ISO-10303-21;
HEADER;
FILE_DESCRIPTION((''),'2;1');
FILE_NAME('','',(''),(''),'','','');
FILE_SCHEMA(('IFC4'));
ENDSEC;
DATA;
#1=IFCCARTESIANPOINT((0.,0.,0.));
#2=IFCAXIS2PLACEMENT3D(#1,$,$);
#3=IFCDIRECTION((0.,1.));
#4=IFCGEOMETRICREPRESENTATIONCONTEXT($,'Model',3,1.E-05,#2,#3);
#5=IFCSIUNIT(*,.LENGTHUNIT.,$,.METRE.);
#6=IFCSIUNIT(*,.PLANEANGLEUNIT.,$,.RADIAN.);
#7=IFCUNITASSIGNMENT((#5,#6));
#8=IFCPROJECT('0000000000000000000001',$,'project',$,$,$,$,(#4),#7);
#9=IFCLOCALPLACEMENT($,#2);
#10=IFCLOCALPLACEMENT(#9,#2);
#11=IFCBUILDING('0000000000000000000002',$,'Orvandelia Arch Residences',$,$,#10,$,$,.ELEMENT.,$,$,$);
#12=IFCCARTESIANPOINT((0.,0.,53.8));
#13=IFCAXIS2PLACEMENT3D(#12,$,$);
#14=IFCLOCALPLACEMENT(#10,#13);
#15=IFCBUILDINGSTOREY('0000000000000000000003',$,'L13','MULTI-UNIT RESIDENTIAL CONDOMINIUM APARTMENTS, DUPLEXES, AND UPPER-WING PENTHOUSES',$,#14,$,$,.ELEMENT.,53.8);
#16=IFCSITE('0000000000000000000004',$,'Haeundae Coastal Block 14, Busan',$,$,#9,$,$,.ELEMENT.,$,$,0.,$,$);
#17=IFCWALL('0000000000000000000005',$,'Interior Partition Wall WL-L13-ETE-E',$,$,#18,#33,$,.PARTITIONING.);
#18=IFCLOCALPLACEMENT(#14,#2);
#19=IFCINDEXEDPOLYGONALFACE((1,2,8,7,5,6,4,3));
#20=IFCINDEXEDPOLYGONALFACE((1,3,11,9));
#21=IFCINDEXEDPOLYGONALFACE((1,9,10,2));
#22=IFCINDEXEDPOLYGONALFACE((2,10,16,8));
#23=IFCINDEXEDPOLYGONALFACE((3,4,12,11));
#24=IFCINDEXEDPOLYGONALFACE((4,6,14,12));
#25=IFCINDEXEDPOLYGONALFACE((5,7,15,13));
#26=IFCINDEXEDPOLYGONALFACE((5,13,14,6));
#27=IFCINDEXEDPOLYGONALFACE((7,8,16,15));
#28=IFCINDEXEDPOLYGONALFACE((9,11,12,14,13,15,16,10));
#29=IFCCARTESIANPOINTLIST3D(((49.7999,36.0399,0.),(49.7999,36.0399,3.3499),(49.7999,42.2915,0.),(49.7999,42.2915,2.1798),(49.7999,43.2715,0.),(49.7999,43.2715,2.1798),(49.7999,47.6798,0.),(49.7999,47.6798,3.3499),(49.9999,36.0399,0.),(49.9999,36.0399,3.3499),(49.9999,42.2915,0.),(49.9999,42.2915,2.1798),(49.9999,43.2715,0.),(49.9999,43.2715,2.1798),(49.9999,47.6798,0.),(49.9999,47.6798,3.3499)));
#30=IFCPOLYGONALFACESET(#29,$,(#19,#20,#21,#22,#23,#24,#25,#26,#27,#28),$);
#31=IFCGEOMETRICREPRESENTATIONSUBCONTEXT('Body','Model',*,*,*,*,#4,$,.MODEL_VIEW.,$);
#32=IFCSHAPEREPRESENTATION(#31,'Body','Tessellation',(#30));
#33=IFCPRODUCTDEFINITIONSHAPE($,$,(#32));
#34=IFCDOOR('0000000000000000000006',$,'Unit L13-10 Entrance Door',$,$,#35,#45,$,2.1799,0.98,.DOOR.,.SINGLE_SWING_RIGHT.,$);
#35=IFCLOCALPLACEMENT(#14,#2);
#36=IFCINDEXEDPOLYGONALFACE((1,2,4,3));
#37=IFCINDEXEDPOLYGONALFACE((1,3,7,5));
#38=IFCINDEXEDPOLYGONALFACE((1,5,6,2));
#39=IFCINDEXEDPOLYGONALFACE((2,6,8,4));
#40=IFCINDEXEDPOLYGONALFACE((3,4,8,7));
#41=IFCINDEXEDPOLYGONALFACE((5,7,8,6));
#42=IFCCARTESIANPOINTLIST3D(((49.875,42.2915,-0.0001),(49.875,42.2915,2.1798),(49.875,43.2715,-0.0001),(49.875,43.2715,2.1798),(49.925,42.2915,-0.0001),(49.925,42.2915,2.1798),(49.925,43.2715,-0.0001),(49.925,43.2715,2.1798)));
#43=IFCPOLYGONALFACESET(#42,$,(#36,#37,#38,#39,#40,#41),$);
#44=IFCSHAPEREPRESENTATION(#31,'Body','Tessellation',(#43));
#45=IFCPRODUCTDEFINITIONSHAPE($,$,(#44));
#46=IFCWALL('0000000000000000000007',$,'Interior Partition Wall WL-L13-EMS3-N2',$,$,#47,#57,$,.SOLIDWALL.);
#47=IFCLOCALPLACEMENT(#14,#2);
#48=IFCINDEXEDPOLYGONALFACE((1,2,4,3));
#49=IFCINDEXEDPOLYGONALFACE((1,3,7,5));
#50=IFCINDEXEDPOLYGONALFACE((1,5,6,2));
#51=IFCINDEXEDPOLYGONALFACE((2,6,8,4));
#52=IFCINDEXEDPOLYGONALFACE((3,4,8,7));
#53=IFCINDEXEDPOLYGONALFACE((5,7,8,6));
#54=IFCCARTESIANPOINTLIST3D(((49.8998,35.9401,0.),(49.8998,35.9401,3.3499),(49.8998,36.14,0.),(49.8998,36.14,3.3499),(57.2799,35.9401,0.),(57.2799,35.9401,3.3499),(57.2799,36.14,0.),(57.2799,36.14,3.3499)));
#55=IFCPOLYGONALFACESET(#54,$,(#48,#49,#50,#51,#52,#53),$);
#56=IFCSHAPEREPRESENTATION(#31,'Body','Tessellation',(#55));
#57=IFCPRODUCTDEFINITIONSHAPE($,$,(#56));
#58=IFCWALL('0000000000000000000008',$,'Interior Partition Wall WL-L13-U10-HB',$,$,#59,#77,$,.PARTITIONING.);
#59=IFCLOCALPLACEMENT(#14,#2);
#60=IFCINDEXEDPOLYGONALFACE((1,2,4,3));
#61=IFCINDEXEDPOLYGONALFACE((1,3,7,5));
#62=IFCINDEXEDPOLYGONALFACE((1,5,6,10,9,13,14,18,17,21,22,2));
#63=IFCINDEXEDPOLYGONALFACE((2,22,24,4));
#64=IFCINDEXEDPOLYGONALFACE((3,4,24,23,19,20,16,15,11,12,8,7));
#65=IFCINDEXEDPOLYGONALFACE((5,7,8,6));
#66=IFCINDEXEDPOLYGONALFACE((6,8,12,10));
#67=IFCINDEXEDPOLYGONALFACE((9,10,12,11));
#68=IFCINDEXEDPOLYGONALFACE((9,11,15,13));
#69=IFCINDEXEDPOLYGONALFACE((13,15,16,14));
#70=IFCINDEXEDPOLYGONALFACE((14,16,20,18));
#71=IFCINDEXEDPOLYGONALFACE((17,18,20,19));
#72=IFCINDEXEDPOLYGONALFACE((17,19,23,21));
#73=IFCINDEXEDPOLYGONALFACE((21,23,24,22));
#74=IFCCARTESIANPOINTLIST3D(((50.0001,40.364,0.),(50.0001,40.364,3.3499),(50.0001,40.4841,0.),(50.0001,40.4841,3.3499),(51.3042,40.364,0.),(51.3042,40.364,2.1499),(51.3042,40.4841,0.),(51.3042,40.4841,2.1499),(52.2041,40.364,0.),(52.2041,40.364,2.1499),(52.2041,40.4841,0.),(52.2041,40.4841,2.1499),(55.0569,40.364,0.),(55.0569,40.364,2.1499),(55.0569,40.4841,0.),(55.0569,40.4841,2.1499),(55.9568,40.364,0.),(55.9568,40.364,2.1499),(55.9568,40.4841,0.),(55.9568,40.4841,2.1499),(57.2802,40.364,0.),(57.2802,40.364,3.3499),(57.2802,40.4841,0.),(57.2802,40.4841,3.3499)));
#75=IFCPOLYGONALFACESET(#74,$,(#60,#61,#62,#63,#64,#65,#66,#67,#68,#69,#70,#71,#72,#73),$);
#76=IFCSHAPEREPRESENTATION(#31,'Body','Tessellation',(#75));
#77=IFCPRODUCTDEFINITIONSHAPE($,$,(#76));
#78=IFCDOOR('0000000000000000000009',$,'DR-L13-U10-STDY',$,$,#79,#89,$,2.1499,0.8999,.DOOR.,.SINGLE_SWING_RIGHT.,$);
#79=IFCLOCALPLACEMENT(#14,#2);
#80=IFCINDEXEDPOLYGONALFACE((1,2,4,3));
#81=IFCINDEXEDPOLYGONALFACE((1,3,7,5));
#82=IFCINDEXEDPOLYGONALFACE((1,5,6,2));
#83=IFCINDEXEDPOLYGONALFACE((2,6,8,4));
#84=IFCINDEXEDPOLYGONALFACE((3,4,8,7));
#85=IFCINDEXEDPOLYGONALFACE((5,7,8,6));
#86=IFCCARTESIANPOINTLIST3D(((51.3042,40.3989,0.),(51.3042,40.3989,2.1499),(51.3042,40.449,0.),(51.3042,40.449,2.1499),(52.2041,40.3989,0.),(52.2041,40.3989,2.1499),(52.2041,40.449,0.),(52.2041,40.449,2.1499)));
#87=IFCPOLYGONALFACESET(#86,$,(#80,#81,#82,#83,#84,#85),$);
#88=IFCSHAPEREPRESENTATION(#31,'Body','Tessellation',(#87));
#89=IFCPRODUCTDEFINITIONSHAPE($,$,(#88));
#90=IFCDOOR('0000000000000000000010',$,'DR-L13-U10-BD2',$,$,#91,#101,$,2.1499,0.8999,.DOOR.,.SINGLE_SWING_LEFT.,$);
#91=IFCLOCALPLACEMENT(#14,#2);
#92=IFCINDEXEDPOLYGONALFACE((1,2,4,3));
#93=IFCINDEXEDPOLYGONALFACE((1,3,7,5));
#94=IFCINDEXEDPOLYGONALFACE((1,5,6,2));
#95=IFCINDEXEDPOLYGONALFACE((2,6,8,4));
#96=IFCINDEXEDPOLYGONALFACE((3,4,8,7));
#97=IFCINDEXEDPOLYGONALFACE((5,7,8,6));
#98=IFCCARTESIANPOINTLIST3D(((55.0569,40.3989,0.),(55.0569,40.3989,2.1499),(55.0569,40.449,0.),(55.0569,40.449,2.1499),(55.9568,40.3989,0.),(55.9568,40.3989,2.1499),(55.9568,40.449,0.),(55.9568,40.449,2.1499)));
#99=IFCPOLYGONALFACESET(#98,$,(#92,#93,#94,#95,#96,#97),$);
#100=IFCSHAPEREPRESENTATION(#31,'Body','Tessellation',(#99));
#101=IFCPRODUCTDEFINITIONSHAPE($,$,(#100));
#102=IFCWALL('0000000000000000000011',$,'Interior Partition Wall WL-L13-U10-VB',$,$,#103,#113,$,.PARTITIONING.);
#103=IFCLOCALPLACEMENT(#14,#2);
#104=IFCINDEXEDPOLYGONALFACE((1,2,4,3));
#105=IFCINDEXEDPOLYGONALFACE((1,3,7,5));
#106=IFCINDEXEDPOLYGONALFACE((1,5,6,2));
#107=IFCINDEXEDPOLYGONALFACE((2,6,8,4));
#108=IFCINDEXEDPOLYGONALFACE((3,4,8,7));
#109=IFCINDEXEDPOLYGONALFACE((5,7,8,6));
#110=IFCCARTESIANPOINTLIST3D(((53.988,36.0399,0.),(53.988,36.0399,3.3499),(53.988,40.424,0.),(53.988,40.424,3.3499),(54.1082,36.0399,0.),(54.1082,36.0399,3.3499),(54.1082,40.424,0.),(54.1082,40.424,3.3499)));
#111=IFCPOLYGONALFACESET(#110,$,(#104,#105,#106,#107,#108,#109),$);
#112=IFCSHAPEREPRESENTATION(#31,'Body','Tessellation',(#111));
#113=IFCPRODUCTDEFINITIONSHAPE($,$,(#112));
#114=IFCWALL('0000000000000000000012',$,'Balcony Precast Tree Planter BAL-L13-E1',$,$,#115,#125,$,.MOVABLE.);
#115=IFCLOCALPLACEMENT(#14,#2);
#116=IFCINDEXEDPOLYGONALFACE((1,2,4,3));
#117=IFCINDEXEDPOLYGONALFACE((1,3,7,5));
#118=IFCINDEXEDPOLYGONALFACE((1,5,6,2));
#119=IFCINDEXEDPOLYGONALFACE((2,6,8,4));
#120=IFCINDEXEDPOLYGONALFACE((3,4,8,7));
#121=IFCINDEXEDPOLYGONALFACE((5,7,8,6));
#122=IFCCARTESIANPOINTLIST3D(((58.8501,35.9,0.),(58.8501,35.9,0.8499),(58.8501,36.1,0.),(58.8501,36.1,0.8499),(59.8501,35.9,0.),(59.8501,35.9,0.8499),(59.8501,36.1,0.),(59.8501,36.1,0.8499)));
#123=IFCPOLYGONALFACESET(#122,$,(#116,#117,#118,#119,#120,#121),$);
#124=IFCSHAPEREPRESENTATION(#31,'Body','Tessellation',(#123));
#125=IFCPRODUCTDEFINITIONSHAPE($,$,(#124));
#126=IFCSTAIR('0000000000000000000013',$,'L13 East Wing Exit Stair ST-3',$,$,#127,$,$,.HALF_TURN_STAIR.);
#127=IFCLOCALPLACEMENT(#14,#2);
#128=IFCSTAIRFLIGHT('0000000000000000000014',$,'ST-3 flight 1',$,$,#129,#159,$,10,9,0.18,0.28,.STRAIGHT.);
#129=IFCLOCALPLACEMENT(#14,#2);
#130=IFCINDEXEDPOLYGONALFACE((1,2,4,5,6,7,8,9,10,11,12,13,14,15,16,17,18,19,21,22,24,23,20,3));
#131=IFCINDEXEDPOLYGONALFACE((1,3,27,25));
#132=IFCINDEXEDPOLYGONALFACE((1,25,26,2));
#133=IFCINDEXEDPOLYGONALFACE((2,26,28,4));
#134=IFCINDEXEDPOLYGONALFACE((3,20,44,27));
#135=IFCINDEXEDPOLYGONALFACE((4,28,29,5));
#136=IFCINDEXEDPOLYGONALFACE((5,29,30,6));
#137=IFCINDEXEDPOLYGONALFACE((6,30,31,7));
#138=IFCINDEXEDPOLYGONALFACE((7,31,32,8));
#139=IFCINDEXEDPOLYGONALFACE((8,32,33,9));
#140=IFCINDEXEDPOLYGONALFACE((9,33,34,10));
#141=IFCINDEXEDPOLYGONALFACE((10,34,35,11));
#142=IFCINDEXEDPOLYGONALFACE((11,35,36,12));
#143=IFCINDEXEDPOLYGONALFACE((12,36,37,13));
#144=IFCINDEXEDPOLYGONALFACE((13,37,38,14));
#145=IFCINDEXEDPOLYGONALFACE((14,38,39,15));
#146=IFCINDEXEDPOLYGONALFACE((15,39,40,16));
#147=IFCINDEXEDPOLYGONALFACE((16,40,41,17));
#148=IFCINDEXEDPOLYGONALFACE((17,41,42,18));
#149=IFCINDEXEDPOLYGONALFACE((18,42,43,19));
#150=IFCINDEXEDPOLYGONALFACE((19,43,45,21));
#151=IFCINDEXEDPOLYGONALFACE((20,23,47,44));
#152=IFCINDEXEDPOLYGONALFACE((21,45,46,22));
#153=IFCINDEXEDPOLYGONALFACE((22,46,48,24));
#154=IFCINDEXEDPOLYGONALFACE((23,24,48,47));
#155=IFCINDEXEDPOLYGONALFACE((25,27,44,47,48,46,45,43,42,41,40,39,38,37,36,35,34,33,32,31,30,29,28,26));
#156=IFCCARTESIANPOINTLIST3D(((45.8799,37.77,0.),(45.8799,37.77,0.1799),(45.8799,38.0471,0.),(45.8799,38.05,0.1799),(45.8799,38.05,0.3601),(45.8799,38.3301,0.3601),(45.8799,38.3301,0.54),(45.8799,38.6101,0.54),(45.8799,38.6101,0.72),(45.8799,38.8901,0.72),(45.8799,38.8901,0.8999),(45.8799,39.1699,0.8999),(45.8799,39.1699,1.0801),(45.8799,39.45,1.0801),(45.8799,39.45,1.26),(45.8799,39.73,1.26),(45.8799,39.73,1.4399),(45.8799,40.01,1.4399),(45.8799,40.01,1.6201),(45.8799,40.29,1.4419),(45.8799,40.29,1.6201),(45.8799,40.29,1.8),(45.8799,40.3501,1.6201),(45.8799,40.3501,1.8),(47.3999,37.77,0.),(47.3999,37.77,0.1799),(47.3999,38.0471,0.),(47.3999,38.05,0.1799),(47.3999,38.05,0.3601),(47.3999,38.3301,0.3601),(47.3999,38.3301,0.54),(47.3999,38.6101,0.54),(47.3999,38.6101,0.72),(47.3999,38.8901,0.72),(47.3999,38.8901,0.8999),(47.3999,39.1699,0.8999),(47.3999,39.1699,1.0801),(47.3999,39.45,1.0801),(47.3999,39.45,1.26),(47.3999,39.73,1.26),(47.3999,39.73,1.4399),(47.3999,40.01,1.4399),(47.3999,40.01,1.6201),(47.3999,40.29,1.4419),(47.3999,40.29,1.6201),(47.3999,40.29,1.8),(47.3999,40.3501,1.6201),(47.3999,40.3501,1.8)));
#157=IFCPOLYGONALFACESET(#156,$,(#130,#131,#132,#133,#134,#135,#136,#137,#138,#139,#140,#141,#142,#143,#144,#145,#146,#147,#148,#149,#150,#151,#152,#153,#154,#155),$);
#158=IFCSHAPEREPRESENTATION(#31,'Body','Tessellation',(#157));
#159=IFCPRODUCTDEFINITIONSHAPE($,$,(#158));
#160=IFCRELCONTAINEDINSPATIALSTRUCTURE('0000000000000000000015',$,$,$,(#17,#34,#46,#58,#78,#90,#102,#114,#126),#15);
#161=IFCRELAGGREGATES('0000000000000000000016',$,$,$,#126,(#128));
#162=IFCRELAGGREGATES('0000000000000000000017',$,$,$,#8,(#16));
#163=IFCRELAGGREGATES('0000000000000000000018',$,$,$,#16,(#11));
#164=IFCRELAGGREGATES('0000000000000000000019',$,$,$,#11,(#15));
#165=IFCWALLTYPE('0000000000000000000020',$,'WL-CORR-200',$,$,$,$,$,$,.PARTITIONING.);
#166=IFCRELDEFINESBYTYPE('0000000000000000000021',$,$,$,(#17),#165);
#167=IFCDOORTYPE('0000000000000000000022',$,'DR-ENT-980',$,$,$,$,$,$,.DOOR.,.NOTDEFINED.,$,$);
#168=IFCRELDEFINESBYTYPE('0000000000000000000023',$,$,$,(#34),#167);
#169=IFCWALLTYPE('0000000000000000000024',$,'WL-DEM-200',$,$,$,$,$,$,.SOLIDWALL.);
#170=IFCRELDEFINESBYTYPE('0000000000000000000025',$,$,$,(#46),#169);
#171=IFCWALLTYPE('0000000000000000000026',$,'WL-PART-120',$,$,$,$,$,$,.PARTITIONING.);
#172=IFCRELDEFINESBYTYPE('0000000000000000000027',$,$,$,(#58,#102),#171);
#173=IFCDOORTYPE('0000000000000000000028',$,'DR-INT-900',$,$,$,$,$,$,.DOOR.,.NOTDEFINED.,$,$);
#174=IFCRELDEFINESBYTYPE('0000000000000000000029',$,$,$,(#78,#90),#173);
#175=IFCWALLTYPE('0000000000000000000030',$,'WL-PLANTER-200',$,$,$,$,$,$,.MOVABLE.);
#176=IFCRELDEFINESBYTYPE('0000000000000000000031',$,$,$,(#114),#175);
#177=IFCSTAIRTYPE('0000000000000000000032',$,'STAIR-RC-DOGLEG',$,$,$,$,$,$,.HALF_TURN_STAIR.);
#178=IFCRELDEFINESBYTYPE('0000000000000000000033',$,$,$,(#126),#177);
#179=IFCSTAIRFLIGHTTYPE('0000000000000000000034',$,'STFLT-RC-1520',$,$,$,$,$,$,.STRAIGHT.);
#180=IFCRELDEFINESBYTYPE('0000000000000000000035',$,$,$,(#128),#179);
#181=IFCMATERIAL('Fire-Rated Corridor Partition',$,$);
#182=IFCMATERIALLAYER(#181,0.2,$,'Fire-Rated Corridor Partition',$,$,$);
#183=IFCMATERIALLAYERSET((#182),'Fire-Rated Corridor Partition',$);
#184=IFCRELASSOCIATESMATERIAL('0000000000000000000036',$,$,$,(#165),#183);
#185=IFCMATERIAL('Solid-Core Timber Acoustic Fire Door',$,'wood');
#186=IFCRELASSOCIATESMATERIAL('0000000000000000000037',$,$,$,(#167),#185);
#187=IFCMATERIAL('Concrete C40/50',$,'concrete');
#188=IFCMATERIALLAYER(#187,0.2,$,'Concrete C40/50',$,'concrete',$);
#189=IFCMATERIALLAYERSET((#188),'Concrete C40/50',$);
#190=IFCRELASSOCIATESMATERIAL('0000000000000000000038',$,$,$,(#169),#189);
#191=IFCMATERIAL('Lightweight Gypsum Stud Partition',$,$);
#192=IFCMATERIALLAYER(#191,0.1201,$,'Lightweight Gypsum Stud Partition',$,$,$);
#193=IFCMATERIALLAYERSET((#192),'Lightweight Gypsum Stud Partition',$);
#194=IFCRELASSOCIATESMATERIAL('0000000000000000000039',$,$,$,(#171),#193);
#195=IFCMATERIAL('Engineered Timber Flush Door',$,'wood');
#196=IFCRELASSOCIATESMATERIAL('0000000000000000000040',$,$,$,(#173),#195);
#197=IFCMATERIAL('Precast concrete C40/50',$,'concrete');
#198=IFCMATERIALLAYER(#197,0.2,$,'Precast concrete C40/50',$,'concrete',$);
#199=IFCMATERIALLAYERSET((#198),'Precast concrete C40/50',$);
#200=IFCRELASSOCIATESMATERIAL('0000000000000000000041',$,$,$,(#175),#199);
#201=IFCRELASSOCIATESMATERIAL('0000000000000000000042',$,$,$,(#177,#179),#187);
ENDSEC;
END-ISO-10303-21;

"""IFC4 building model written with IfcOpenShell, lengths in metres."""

from ifc_helpers import new_model, si_unit, direction, frame, frame_2d, origin, place, context, subcontext, project, spatial, polyline, rectangle, outline, extrude, material, layer, layer_set, type_object, element, fill, aggregate, save


model = new_model("IFC4")

# Units and contexts
model_context = context("Model", 3, precision=1e-05, world=origin(), true_north=direction((0.0, 1.0)))
body_context = subcontext(model_context, "Body", "Model", "MODEL_VIEW")
ifc_project = project(units=[si_unit("LENGTHUNIT", "METRE"), si_unit("PLANEANGLEUNIT", "RADIAN")], contexts=[model_context])

# Site, building, storey
site_placement = place(None, origin())
site = spatial("IfcSite", under=ifc_project, at=site_placement, Name="Haeundae Coastal Block 14, Busan", CompositionType="ELEMENT", RefElevation=0.0)
building_placement = place(site_placement, origin())
building = spatial("IfcBuilding", under=site, at=building_placement, Name="Orvandelia Arch Residences", CompositionType="ELEMENT")
storey_placement = place(building_placement, frame((0.0, 0.0, 53.8)))
storey = spatial("IfcBuildingStorey", under=building, at=storey_placement, Name="L13", Description="MULTI-UNIT RESIDENTIAL CONDOMINIUM APARTMENTS, DUPLEXES, AND UPPER-WING PENTHOUSES", CompositionType="ELEMENT", Elevation=53.8)

# Wall, opening, door
ifc_material_1 = material(Name="Fire-Rated Corridor Partition")
ifc_layer_1 = layer(ifc_material_1, 0.2, Name="Fire-Rated Corridor Partition")
ifc_layer_set_1 = layer_set([ifc_layer_1], Name="Fire-Rated Corridor Partition")
wall_type_1 = type_object("IfcWallType", Name="WL-CORR-200", PredefinedType="PARTITIONING", material=ifc_layer_set_1)
wall_1_placement = place(storey_placement, frame((49.8999, 36.04, 0.0), z_axis=(0.0, 0.0, 1.0), x_axis=(0.0, 1.0, 0.0)))
wall_1 = element("IfcWall", 1, at=wall_1_placement, inside=storey, type_object=wall_type_1, Name="Interior Partition Wall WL-L13-ETE-E", PredefinedType="PARTITIONING", context=body_context, shape_type="SweptSolid", body=[
    extrude(rectangle(XDim=11.6399, YDim=0.2, at=frame_2d((5.8198, 0.0))), origin(), (0.0, 0.0, 1.0), 3.3499),
])
opening_1_placement = place(wall_1_placement, frame((6.2515, 0.0, 0.0)))
opening_1 = element("IfcOpeningElement", 2, at=opening_1_placement, cuts=wall_1, PredefinedType="OPENING", context=body_context, shape_type="SweptSolid", body=[
    extrude(rectangle(XDim=0.98, YDim=2.1799, at=frame_2d((0.49, 1.0898))), frame((0.0, 0.1099, 0.0), z_axis=(0.0, -1.0, 0.0), x_axis=(1.0, 0.0, 0.0)), (0.0, 0.0, 1.0), 0.22),
])
ifc_material_2 = material(Name="Solid-Core Timber Acoustic Fire Door", Category="wood")
door_type_1 = type_object("IfcDoorType", Name="DR-ENT-980", OperationType="NOTDEFINED", PredefinedType="DOOR", material=ifc_material_2)
door_1_placement = place(opening_1_placement, origin())
door_1 = element("IfcDoor", 3, at=door_1_placement, inside=storey, type_object=door_type_1, Name="Unit L13-10 Entrance Door", OperationType="SINGLE_SWING_RIGHT", OverallHeight=2.1799, OverallWidth=0.98, PredefinedType="DOOR", context=body_context, shape_type="SweptSolid", body=[
    extrude(rectangle(XDim=0.98, YDim=2.1799, at=frame_2d((0.49, 1.0898))), frame((0.0, 0.0249, 0.0), z_axis=(0.0, -1.0, 0.0), x_axis=(1.0, 0.0, 0.0)), (0.0, 0.0, 1.0), 0.05),
])
fill(opening_1, door_1)

# Wall
ifc_material_3 = material(Name="Concrete C40/50", Category="concrete")
ifc_layer_2 = layer(ifc_material_3, 0.2, Name="Concrete C40/50", Category="concrete")
ifc_layer_set_2 = layer_set([ifc_layer_2], Name="Concrete C40/50")
wall_type_2 = type_object("IfcWallType", Name="WL-DEM-200", PredefinedType="SOLIDWALL", material=ifc_layer_set_2)
wall_2_placement = place(storey_placement, frame((49.8999, 36.04, 0.0), z_axis=(0.0, 0.0, 1.0), x_axis=(1.0, 0.0, 0.0)))
element("IfcWall", 4, at=wall_2_placement, inside=storey, type_object=wall_type_2, Name="Interior Partition Wall WL-L13-EMS3-N2", PredefinedType="SOLIDWALL", context=body_context, shape_type="SweptSolid", body=[
    extrude(rectangle(XDim=7.3801, YDim=0.2, at=frame_2d((3.6899, 0.0))), origin(), (0.0, 0.0, 1.0), 3.3499),
])

# Wall, openings, doors
ifc_material_4 = material(Name="Lightweight Gypsum Stud Partition")
ifc_layer_3 = layer(ifc_material_4, 0.1201, Name="Lightweight Gypsum Stud Partition")
ifc_layer_set_3 = layer_set([ifc_layer_3], Name="Lightweight Gypsum Stud Partition")
wall_type_3 = type_object("IfcWallType", Name="WL-PART-120", PredefinedType="PARTITIONING", material=ifc_layer_set_3)
wall_3_placement = place(storey_placement, frame((50.0, 40.4241, 0.0), z_axis=(0.0, 0.0, 1.0), x_axis=(1.0, 0.0, 0.0)))
wall_3 = element("IfcWall", 5, at=wall_3_placement, inside=storey, type_object=wall_type_3, Name="Interior Partition Wall WL-L13-U10-HB", PredefinedType="PARTITIONING", context=body_context, shape_type="SweptSolid", body=[
    extrude(rectangle(XDim=7.28, YDim=0.1201, at=frame_2d((3.6401, 0.0))), origin(), (0.0, 0.0, 1.0), 3.3499),
])
opening_2_placement = place(wall_3_placement, frame((1.3042, 0.0, 0.0)))
opening_2 = element("IfcOpeningElement", 6, at=opening_2_placement, cuts=wall_3, PredefinedType="OPENING", context=body_context, shape_type="SweptSolid", body=[
    extrude(rectangle(XDim=0.8999, YDim=2.1499, at=frame_2d((0.45, 1.075))), frame((0.0, 0.0701, 0.0), z_axis=(0.0, -1.0, 0.0), x_axis=(1.0, 0.0, 0.0)), (0.0, 0.0, 1.0), 0.1401),
])
opening_3_placement = place(wall_3_placement, frame((5.0569, 0.0, 0.0)))
opening_3 = element("IfcOpeningElement", 7, at=opening_3_placement, cuts=wall_3, PredefinedType="OPENING", context=body_context, shape_type="SweptSolid", body=[
    extrude(rectangle(XDim=0.8999, YDim=2.1499, at=frame_2d((0.45, 1.075))), frame((0.0, 0.0701, 0.0), z_axis=(0.0, -1.0, 0.0), x_axis=(1.0, 0.0, 0.0)), (0.0, 0.0, 1.0), 0.1401),
])
ifc_material_5 = material(Name="Engineered Timber Flush Door", Category="wood")
door_type_2 = type_object("IfcDoorType", Name="DR-INT-900", OperationType="NOTDEFINED", PredefinedType="DOOR", material=ifc_material_5)
door_2_placement = place(opening_2_placement, origin())
door_2 = element("IfcDoor", 8, at=door_2_placement, inside=storey, type_object=door_type_2, Name="DR-L13-U10-STDY", OperationType="SINGLE_SWING_RIGHT", OverallHeight=2.1499, OverallWidth=0.8999, PredefinedType="DOOR", context=body_context, shape_type="SweptSolid", body=[
    extrude(rectangle(XDim=0.8999, YDim=2.1499, at=frame_2d((0.45, 1.075))), frame((0.0, 0.0249, 0.0), z_axis=(0.0, -1.0, 0.0), x_axis=(1.0, 0.0, 0.0)), (0.0, 0.0, 1.0), 0.05),
])
fill(opening_2, door_2)
door_3_placement = place(opening_3_placement, origin())
door_3 = element("IfcDoor", 9, at=door_3_placement, inside=storey, type_object=door_type_2, Name="DR-L13-U10-BD2", OperationType="SINGLE_SWING_LEFT", OverallHeight=2.1499, OverallWidth=0.8999, PredefinedType="DOOR", context=body_context, shape_type="SweptSolid", body=[
    extrude(rectangle(XDim=0.8999, YDim=2.1499, at=frame_2d((0.45, 1.075))), frame((0.0, 0.0249, 0.0), z_axis=(0.0, -1.0, 0.0), x_axis=(1.0, 0.0, 0.0)), (0.0, 0.0, 1.0), 0.05),
])
fill(opening_3, door_3)

# Walls
wall_4_placement = place(storey_placement, frame((54.0481, 36.04, 0.0), z_axis=(0.0, 0.0, 1.0), x_axis=(0.0, 1.0, 0.0)))
element("IfcWall", 10, at=wall_4_placement, inside=storey, type_object=wall_type_3, Name="Interior Partition Wall WL-L13-U10-VB", PredefinedType="PARTITIONING", context=body_context, shape_type="SweptSolid", body=[
    extrude(rectangle(XDim=4.384, YDim=0.1201, at=frame_2d((2.1919, 0.0))), origin(), (0.0, 0.0, 1.0), 3.3499),
])
ifc_material_6 = material(Name="Precast concrete C40/50", Category="concrete")
ifc_layer_4 = layer(ifc_material_6, 0.2, Name="Precast concrete C40/50", Category="concrete")
ifc_layer_set_4 = layer_set([ifc_layer_4], Name="Precast concrete C40/50")
wall_type_4 = type_object("IfcWallType", Name="WL-PLANTER-200", PredefinedType="MOVABLE", material=ifc_layer_set_4)
wall_5_placement = place(storey_placement, frame((58.8501, 36.0, 0.0), z_axis=(0.0, 0.0, 1.0), x_axis=(1.0, 0.0, 0.0)))
element("IfcWall", 11, at=wall_5_placement, inside=storey, type_object=wall_type_4, Name="Balcony Precast Tree Planter BAL-L13-E1", PredefinedType="MOVABLE", context=body_context, shape_type="SweptSolid", body=[
    extrude(rectangle(XDim=1.0, YDim=0.2, at=frame_2d((0.5, 0.0))), origin(), (0.0, 0.0, 1.0), 0.8499),
])

# Stair, stair flight
stair_type = type_object("IfcStairType", Name="STAIR-RC-DOGLEG", PredefinedType="HALF_TURN_STAIR", material=ifc_material_3)
stair_placement = place(storey_placement, origin())
stair = element("IfcStair", 12, at=stair_placement, inside=storey, type_object=stair_type, Name="L13 East Wing Exit Stair ST-3", PredefinedType="HALF_TURN_STAIR")
stair_flight_type = type_object("IfcStairFlightType", Name="STFLT-RC-1520", PredefinedType="STRAIGHT", material=ifc_material_3)
stair_flight_placement = place(storey_placement, frame((46.6399, 37.77, 0.0), z_axis=(0.0, 0.0, 1.0), x_axis=(0.0, 1.0, 0.0)))
stair_flight = element("IfcStairFlight", 13, at=stair_flight_placement, type_object=stair_flight_type, Name="ST-3 flight 1", NumberOfRisers=10, NumberOfTreads=9, PredefinedType="STRAIGHT", RiserHeight=0.18, TreadLength=0.28, context=body_context, shape_type="SweptSolid", body=[
    extrude(outline(polyline([(0.0, 0.0), (0.0, 0.1799), (0.28, 0.1799), (0.28, 0.3601), (0.5601, 0.3601), (0.5601, 0.54), (0.8401, 0.54), (0.8401, 0.72), (1.1201, 0.72), (1.1201, 0.8999), (1.3999, 0.8999), (1.3999, 1.0801), (1.6799, 1.0801), (1.6799, 1.26), (1.96, 1.26), (1.96, 1.4399), (2.24, 1.4399), (2.24, 1.6201), (2.52, 1.6201), (2.52, 1.8), (2.5801, 1.8), (2.5801, 1.6201), (2.52, 1.4419), (0.2771, 0.0), (0.0, 0.0)])), frame((0.0, 0.76, 0.0), z_axis=(0.0, -1.0, 0.0), x_axis=(1.0, 0.0, 0.0)), (0.0, 0.0, 1.0), 1.52),
])
aggregate(stair, [stair_flight])

save(model, "model.ifc")
